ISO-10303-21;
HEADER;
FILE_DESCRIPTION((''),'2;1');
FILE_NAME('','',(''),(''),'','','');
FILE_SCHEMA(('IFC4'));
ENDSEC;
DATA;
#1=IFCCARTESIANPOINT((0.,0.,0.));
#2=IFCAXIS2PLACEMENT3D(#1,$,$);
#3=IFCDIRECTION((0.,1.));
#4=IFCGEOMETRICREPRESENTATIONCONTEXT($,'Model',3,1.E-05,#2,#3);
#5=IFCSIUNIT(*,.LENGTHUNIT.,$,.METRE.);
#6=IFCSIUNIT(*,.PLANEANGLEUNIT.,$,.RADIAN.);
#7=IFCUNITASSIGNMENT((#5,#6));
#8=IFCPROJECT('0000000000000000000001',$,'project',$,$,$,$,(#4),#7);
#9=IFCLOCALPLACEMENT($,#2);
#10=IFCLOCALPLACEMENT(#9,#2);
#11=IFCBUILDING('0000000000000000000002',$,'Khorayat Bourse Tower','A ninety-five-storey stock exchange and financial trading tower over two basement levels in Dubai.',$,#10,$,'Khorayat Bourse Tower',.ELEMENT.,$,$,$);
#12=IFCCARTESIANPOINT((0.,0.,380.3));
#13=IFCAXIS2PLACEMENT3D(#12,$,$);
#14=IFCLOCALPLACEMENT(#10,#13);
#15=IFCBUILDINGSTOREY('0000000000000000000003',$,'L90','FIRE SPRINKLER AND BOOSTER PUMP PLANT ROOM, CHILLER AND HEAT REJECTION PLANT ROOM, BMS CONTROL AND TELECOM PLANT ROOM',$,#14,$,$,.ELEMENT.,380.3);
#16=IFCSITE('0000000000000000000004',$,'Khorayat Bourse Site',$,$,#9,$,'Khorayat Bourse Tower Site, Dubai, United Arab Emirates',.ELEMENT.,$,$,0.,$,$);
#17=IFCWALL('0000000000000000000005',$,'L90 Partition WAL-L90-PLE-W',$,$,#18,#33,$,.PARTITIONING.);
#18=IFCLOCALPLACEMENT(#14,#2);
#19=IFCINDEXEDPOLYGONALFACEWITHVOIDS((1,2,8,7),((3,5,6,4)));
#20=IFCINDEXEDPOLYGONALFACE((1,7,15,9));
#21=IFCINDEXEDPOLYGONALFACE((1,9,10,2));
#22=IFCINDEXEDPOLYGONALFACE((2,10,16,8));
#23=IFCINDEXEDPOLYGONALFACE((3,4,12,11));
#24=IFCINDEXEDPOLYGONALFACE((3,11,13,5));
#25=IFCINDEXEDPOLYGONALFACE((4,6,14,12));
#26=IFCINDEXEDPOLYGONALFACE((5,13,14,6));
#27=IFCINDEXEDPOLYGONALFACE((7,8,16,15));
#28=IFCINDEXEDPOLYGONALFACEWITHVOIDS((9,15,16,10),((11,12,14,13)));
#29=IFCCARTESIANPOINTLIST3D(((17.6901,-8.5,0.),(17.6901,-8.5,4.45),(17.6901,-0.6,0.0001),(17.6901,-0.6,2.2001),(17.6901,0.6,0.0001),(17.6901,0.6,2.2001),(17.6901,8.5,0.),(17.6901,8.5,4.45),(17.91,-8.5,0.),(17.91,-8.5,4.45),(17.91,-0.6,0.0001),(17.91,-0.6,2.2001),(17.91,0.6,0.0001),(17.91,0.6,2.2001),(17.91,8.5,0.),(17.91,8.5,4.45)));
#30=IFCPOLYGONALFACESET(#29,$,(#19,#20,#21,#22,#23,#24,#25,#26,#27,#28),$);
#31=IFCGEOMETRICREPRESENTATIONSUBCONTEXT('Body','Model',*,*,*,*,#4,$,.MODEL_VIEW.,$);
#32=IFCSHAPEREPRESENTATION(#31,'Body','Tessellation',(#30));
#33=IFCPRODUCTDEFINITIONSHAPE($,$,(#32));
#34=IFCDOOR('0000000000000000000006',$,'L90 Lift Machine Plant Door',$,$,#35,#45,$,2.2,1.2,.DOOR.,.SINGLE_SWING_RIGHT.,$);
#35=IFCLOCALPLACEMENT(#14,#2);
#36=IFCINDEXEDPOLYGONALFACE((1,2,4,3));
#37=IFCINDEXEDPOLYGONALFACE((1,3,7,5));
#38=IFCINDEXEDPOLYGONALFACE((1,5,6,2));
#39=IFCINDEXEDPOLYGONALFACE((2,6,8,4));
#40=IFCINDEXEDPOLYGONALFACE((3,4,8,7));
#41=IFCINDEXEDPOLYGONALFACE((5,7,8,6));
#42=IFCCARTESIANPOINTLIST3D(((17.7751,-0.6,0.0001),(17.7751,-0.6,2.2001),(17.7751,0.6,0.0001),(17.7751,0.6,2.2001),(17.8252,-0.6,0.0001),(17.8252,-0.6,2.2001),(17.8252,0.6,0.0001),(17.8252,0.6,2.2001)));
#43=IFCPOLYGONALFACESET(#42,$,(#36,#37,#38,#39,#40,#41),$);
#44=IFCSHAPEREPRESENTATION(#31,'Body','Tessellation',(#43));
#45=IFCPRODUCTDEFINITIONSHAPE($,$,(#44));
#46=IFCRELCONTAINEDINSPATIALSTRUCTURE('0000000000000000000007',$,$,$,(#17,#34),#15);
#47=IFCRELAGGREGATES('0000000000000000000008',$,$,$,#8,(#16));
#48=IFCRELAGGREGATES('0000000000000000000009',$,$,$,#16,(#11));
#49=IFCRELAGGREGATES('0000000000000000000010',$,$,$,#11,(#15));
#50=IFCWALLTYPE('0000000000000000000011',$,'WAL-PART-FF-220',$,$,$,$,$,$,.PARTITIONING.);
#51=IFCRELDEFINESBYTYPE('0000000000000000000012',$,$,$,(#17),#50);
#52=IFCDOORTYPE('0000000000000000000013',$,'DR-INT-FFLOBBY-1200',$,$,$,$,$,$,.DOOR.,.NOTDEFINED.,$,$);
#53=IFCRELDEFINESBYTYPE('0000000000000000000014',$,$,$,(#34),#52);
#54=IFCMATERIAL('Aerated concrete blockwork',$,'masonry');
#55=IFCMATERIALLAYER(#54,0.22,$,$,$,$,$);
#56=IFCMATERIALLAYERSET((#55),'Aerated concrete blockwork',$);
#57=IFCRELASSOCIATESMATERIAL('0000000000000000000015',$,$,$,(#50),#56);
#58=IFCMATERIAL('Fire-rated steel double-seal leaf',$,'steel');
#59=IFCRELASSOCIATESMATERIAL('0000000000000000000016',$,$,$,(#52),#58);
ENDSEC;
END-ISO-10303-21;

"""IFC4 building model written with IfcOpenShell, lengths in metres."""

from ifc_helpers import new_model, si_unit, direction, frame, frame_2d, origin, place, context, subcontext, project, spatial, rectangle, extrude, source, transform, mapped, material, layer, layer_set, type_object, element, fill, save


model = new_model("IFC4")

# Units and contexts
model_context = context("Model", 3, precision=1e-05, world=origin(), true_north=direction((0.0, 1.0)))
body_context = subcontext(model_context, "Body", "Model", "MODEL_VIEW")
ifc_project = project(units=[si_unit("LENGTHUNIT", "METRE"), si_unit("PLANEANGLEUNIT", "RADIAN")], contexts=[model_context])

# Site, building, storey
site_placement = place(None, origin())
site = spatial("IfcSite", under=ifc_project, at=site_placement, Name="Khorayat Bourse Site", LongName="Khorayat Bourse Tower Site, Dubai, United Arab Emirates", CompositionType="ELEMENT", RefElevation=0.0)
building_placement = place(site_placement, origin())
building = spatial("IfcBuilding", under=site, at=building_placement, Name="Khorayat Bourse Tower", Description="A ninety-five-storey stock exchange and financial trading tower over two basement levels in Dubai.", LongName="Khorayat Bourse Tower", CompositionType="ELEMENT")
storey_placement = place(building_placement, frame((0.0, 0.0, 380.3)))
storey = spatial("IfcBuildingStorey", under=building, at=storey_placement, Name="L90", Description="FIRE SPRINKLER AND BOOSTER PUMP PLANT ROOM, CHILLER AND HEAT REJECTION PLANT ROOM, BMS CONTROL AND TELECOM PLANT ROOM", CompositionType="ELEMENT", Elevation=380.3)

# Shared definitions
ifc_material_1 = material(Name="Aerated concrete blockwork", Category="masonry")
ifc_layer_1 = layer(ifc_material_1, 0.22)
ifc_layer_set_1 = layer_set([ifc_layer_1], Name="Aerated concrete blockwork")
wall_type_1 = type_object("IfcWallType", Name="WAL-PART-FF-220", PredefinedType="PARTITIONING", material=ifc_layer_set_1)

# Shared definitions
shared_shape_1 = source(origin(), body_context, "Body", "SweptSolid", [
    extrude(rectangle(XDim=1.2, YDim=2.2, at=frame_2d((0.6001, 1.1001))), frame((0.0, 0.1199, 0.0), z_axis=(0.0, -1.0, 0.0), x_axis=(1.0, 0.0, 0.0)), (0.0, 0.0, 1.0), 0.24),
])
ifc_material_2 = material(Name="Fire-rated steel double-seal leaf", Category="steel")
door_type_1 = type_object("IfcDoorType", Name="DR-INT-FFLOBBY-1200", OperationType="NOTDEFINED", PredefinedType="DOOR", material=ifc_material_2)
shared_shape_2 = source(origin(), body_context, "Body", "SweptSolid", [
    extrude(rectangle(XDim=1.2, YDim=2.2, at=frame_2d((0.6001, 1.1001))), frame((0.0, 0.0249, 0.0), z_axis=(0.0, -1.0, 0.0), x_axis=(1.0, 0.0, 0.0)), (0.0, 0.0, 1.0), 0.05),
])

# Wall, opening, door
shared_shape_3 = source(origin(), body_context, "Body", "SweptSolid", [
    extrude(rectangle(XDim=17.0, YDim=0.22, at=frame_2d((8.5, 0.0))), origin(), (0.0, 0.0, 1.0), 4.45),
])
wall_1_placement = place(storey_placement, frame((17.8, -8.5, 0.0), z_axis=(0.0, 0.0, 1.0), x_axis=(0.0, 1.0, 0.0)))
wall_1 = element("IfcWall", 1, at=wall_1_placement, inside=storey, type_object=wall_type_1, Name="L90 Partition WAL-L90-PLE-W", PredefinedType="PARTITIONING", context=body_context, shape_type="MappedRepresentation", body=[
    mapped(shared_shape_3, transform((0.0, 0.0, 0.0), scale=1.0)),
])
opening_1_placement = place(wall_1_placement, frame((7.8999, 0.0, 0.0)))
opening_1 = element("IfcOpeningElement", 2, at=opening_1_placement, cuts=wall_1, PredefinedType="OPENING", context=body_context, shape_type="MappedRepresentation", body=[
    mapped(shared_shape_1, transform((0.0, 0.0, 0.0), scale=1.0)),
])
door_1_placement = place(opening_1_placement, origin())
door_1 = element("IfcDoor", 3, at=door_1_placement, inside=storey, type_object=door_type_1, Name="L90 Lift Machine Plant Door", OperationType="SINGLE_SWING_RIGHT", OverallHeight=2.2, OverallWidth=1.2, PredefinedType="DOOR", context=body_context, shape_type="MappedRepresentation", body=[
    mapped(shared_shape_2, transform((0.0, 0.0, 0.0), scale=1.0)),
])
fill(opening_1, door_1)

save(model, "model.ifc")
